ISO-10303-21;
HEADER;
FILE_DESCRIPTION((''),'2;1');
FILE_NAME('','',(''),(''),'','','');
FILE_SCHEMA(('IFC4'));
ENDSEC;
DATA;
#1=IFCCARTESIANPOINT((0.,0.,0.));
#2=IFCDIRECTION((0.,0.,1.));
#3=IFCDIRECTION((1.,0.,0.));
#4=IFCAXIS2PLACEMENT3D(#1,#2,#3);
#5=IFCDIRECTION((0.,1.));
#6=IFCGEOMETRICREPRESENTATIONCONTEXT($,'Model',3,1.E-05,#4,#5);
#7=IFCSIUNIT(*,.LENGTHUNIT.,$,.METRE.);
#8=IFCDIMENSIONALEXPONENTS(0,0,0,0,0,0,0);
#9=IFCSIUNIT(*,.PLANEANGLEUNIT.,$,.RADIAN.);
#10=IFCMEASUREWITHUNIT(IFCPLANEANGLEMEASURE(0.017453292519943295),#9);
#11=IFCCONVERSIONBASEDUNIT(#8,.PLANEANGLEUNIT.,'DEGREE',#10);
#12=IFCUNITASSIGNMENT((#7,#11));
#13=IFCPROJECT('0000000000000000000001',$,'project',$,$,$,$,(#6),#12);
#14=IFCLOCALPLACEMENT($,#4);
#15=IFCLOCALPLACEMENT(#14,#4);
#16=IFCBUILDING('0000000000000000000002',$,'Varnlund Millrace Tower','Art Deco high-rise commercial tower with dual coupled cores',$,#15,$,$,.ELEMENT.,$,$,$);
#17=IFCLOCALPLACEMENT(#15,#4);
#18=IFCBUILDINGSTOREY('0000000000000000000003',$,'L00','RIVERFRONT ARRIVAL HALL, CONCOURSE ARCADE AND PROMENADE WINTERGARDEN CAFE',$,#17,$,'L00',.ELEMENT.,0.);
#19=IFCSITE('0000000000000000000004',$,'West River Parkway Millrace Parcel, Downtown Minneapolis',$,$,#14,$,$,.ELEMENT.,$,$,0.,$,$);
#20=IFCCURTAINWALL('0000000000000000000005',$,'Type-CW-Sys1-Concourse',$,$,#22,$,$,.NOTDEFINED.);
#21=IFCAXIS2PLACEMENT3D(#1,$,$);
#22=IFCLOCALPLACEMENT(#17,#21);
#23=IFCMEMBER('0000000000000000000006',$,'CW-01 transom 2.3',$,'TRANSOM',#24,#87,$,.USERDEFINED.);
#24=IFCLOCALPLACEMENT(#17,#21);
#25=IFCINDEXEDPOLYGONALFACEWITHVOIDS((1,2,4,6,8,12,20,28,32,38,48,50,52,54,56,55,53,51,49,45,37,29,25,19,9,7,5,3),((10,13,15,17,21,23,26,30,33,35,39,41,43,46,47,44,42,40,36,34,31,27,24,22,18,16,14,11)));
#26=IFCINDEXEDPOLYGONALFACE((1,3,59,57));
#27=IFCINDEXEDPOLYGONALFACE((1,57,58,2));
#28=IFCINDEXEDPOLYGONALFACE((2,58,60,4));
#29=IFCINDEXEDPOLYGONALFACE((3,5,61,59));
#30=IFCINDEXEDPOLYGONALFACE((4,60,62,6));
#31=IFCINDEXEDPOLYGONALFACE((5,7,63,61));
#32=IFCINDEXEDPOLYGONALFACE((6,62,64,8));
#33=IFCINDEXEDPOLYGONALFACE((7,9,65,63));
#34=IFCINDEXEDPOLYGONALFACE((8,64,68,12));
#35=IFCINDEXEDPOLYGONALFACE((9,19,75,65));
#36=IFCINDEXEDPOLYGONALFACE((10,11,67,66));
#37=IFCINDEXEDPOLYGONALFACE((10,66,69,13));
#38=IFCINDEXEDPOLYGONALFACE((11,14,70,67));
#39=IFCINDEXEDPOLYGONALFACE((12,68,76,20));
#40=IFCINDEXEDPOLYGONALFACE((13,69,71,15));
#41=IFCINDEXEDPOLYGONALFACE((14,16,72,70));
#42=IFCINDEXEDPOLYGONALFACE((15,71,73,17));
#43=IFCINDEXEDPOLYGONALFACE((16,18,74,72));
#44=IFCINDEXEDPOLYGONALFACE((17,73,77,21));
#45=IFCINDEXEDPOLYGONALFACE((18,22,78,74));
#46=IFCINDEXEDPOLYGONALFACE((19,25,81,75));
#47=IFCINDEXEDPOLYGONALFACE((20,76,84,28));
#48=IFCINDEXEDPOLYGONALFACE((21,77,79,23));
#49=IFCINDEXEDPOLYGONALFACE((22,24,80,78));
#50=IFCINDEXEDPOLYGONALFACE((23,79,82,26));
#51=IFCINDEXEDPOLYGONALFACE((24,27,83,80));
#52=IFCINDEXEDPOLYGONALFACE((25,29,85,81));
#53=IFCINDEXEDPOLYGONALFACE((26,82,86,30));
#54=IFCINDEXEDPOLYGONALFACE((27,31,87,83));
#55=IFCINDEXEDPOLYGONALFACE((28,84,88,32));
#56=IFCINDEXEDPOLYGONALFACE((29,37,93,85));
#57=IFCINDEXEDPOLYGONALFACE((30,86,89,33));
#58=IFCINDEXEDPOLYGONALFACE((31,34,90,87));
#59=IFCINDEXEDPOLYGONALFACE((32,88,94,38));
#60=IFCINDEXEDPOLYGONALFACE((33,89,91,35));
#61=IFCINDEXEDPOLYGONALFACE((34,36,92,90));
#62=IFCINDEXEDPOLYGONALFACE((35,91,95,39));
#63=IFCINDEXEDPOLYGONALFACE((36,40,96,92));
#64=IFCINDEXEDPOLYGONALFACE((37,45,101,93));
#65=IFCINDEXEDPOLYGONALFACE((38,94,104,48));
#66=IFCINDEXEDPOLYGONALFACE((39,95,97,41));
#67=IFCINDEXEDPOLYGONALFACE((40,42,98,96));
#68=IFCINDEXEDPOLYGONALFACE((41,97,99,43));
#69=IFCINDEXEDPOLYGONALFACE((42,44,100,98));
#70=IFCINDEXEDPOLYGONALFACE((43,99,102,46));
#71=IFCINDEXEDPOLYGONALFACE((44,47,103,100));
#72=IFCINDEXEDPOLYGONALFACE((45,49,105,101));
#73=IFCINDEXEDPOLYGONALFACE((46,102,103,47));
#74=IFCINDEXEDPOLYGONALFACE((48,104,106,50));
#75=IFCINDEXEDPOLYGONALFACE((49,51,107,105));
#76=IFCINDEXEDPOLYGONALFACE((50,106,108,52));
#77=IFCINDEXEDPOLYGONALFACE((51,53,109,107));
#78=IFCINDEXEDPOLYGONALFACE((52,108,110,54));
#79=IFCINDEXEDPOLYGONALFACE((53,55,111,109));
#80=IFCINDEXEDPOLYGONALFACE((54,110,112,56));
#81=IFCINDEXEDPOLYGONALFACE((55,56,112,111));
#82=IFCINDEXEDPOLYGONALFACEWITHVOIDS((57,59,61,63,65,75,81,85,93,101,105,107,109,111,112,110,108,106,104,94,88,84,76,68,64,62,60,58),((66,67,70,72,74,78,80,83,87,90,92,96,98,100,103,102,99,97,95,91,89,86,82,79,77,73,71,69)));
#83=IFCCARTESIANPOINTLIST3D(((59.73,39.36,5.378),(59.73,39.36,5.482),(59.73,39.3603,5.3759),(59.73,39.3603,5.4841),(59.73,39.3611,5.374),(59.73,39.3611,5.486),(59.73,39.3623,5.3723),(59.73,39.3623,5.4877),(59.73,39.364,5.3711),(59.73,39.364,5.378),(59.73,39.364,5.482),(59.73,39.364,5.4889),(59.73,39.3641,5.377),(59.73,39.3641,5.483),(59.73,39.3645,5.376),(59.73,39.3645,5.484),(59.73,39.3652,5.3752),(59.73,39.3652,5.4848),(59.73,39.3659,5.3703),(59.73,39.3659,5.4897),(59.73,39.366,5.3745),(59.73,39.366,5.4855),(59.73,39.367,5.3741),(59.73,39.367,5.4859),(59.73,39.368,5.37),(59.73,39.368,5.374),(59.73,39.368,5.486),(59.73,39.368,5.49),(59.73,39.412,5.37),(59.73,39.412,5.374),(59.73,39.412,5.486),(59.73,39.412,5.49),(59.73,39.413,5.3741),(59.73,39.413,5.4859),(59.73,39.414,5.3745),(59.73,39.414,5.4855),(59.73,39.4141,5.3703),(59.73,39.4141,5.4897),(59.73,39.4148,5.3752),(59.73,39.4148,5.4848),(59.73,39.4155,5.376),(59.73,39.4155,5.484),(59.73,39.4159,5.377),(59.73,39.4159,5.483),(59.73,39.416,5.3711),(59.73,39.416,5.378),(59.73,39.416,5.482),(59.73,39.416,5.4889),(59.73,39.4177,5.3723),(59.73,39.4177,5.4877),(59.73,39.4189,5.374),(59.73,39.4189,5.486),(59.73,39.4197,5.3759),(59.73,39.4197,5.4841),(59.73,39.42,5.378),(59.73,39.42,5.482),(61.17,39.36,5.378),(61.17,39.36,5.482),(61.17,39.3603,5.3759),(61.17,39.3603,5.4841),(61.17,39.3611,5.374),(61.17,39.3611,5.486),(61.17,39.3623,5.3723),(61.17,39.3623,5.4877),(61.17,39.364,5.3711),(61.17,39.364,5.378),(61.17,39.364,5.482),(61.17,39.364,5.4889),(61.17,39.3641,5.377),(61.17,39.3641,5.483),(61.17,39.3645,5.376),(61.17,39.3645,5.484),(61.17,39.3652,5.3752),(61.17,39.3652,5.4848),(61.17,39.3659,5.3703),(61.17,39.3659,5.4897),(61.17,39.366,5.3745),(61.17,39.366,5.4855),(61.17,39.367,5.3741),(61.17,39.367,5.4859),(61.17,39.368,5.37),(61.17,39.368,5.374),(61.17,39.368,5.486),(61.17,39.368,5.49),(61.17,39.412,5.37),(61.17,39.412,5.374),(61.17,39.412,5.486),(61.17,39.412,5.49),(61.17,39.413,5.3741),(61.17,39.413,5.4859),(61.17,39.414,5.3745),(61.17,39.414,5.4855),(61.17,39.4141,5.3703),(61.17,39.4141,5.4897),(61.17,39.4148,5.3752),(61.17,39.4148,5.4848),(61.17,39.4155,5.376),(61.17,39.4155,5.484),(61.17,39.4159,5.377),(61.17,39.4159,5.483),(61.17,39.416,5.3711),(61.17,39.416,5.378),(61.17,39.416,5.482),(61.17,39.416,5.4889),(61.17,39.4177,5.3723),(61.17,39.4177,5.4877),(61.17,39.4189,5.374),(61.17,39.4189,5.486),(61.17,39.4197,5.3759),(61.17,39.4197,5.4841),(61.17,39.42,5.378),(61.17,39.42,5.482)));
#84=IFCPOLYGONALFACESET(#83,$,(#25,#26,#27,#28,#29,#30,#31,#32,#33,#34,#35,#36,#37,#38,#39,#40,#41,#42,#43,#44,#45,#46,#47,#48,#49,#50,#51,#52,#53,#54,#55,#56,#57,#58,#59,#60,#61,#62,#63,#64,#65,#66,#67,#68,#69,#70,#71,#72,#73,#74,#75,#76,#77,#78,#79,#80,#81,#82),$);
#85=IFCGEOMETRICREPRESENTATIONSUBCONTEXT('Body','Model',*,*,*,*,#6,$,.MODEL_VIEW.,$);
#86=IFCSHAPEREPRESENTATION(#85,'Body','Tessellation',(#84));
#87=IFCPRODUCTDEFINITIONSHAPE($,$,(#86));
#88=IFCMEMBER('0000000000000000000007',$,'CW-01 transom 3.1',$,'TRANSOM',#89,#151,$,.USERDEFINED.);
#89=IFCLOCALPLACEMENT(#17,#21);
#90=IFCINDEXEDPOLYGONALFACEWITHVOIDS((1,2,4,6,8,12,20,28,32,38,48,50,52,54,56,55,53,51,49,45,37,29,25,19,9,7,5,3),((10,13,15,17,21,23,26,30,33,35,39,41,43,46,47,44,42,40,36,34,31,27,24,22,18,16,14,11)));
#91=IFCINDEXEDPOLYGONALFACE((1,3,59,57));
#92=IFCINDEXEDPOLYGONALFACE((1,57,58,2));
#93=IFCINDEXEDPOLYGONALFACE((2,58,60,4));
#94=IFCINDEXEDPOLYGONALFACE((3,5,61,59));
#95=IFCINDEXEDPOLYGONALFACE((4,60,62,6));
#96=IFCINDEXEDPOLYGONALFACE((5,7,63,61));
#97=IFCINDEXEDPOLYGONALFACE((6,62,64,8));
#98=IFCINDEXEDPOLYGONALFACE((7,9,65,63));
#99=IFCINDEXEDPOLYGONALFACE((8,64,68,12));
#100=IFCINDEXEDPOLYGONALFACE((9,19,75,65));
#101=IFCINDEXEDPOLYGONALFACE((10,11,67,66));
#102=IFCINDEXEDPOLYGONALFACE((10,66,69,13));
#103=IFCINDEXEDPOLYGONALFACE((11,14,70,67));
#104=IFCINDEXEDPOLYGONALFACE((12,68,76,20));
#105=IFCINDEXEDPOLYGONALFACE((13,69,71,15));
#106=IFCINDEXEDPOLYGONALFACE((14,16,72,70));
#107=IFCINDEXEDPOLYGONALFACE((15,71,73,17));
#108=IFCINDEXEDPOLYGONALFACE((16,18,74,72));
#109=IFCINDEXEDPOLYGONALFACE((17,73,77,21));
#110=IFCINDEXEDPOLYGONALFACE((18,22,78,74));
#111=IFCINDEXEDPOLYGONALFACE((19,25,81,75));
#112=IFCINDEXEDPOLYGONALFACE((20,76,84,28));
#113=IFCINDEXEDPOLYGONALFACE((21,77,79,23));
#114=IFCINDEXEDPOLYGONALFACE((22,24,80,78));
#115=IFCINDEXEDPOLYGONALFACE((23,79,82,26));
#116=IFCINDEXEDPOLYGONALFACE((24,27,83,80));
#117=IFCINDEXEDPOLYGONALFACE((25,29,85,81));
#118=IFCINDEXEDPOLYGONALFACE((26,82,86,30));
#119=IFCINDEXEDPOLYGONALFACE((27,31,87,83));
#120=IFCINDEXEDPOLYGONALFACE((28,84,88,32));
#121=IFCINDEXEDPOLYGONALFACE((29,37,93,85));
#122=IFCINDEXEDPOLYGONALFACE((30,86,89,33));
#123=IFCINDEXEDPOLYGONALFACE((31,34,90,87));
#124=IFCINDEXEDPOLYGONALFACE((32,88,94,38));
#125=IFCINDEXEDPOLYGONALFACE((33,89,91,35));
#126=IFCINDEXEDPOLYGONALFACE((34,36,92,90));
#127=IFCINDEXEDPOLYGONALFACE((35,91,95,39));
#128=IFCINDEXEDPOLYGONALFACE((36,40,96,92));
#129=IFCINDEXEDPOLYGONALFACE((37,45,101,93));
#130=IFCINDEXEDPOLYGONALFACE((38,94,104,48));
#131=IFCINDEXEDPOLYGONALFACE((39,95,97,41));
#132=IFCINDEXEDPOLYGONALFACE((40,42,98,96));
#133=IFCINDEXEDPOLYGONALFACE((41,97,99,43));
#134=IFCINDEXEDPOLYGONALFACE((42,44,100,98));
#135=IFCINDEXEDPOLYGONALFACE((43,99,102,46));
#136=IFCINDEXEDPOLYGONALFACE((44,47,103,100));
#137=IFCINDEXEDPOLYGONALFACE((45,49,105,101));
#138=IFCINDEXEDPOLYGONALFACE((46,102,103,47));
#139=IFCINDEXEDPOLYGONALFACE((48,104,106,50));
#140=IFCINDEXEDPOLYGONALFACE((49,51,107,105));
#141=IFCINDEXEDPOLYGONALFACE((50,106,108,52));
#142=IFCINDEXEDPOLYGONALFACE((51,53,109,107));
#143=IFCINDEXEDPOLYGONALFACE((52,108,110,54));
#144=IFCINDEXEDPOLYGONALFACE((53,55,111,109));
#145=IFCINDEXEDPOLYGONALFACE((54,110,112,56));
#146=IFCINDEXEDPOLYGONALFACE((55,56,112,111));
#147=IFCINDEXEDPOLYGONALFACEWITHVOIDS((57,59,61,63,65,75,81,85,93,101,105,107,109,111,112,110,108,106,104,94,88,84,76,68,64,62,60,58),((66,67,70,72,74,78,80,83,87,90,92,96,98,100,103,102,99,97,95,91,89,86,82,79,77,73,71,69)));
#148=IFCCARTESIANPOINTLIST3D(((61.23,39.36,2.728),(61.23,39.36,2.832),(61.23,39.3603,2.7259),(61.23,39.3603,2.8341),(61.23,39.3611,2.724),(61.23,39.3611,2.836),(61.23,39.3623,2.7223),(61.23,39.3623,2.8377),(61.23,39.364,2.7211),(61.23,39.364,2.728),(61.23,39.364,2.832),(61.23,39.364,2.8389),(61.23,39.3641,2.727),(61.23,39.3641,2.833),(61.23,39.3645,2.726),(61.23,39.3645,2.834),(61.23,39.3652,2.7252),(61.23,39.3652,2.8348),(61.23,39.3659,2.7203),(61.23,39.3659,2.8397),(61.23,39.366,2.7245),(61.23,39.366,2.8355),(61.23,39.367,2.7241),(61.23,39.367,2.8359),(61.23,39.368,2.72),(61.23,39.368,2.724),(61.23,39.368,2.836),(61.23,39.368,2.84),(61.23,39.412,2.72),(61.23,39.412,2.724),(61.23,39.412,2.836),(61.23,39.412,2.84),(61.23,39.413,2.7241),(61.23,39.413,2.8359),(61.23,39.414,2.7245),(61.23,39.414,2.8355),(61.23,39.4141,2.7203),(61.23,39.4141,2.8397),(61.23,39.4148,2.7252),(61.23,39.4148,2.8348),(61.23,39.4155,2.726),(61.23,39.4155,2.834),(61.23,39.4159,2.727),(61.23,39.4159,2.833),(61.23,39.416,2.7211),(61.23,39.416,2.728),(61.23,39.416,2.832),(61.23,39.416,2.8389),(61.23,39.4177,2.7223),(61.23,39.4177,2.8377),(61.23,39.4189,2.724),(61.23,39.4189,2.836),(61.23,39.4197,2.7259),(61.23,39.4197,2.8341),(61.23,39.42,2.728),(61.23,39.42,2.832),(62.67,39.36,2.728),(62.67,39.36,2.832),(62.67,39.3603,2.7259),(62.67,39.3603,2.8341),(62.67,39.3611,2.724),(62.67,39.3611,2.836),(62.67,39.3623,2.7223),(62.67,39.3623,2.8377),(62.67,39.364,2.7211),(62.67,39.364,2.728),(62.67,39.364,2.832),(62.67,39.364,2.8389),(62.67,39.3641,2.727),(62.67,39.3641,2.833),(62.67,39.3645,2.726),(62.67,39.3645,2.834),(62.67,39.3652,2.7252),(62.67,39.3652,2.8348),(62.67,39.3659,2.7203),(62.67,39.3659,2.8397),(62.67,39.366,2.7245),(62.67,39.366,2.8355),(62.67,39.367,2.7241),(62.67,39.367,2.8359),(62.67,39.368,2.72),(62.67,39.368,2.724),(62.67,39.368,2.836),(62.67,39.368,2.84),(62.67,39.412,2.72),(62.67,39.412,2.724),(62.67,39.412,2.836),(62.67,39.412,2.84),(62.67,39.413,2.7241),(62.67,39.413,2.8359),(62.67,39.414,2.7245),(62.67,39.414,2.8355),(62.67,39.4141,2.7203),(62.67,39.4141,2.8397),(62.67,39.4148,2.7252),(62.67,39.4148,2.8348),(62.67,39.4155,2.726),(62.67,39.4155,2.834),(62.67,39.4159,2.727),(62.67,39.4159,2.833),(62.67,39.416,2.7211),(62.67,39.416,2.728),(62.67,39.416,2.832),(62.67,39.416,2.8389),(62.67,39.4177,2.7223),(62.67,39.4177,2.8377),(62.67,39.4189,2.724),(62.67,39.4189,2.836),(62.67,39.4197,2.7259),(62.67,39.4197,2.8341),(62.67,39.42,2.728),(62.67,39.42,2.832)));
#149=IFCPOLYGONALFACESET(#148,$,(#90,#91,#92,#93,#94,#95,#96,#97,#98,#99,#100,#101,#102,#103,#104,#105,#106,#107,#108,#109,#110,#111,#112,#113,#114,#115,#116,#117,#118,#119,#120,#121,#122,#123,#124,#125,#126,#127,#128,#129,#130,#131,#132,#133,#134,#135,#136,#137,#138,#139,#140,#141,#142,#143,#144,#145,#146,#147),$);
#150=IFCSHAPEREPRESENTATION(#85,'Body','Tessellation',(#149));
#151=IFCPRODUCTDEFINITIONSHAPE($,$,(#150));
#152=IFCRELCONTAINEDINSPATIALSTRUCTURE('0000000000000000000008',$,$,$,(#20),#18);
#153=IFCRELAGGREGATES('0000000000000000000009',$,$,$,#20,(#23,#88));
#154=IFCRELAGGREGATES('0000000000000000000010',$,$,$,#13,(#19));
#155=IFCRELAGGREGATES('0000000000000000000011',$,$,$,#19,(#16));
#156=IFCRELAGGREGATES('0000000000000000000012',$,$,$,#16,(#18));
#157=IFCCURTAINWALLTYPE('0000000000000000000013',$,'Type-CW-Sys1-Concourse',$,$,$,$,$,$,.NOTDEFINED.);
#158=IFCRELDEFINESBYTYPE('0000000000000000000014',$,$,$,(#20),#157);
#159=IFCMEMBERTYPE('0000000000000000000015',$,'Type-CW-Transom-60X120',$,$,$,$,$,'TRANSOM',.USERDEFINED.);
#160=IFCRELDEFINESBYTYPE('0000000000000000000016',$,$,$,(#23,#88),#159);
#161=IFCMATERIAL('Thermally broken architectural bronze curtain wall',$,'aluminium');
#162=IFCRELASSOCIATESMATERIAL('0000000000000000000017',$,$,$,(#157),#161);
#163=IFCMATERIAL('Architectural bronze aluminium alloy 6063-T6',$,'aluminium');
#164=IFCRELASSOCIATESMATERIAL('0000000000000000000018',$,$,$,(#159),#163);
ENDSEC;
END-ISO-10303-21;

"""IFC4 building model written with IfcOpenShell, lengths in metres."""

from ifc_helpers import new_model, entity, si_unit, converted_unit, direction, frame, origin_with_axes, origin_2d_with_axis, place, context, subcontext, project, spatial, hollow_rectangle, extrude, material, material_profile, profile_set, type_object, element, aggregate, save


model = new_model("IFC4")

# Units and contexts
model_context = context("Model", 3, precision=1e-05, world=origin_with_axes(), true_north=direction((0.0, 1.0)))
body_context = subcontext(model_context, "Body", "Model", "MODEL_VIEW")
ifc_project = project(units=[si_unit("LENGTHUNIT", "METRE"), converted_unit("PLANEANGLEUNIT", "DEGREE", entity("IfcPlaneAngleMeasure", 0.017453292519943295), si_unit("PLANEANGLEUNIT", "RADIAN"), dimensions=[0, 0, 0, 0, 0, 0, 0])], contexts=[model_context])

# Site, building, storey
site_placement = place(None, origin_with_axes())
site = spatial("IfcSite", under=ifc_project, at=site_placement, Name="West River Parkway Millrace Parcel, Downtown Minneapolis", CompositionType="ELEMENT", RefElevation=0.0)
building_placement = place(site_placement, origin_with_axes())
building = spatial("IfcBuilding", under=site, at=building_placement, Name="Varnlund Millrace Tower", Description="Art Deco high-rise commercial tower with dual coupled cores", CompositionType="ELEMENT")
storey_placement = place(building_placement, origin_with_axes())
storey = spatial("IfcBuildingStorey", under=building, at=storey_placement, Name="L00", Description="RIVERFRONT ARRIVAL HALL, CONCOURSE ARCADE AND PROMENADE WINTERGARDEN CAFE", LongName="L00", CompositionType="ELEMENT", Elevation=0.0)

# Curtain wall, members
ifc_material_1 = material(Name="Thermally broken architectural bronze curtain wall", Category="aluminium")
curtain_wall_type = type_object("IfcCurtainWallType", Name="Type-CW-Sys1-Concourse", PredefinedType="NOTDEFINED", material=ifc_material_1)
curtain_wall_1_placement = place(storey_placement, frame((58.2, 39.39, 2.75), z_axis=(0.0, 0.0, 1.0), x_axis=(1.0, 0.0, 0.0)))
curtain_wall_1 = element("IfcCurtainWall", 1, at=curtain_wall_1_placement, inside=storey, type_object=curtain_wall_type, Name="Type-CW-Sys1-Concourse", PredefinedType="NOTDEFINED")
ifc_material_2 = material(Name="Architectural bronze aluminium alloy 6063-T6", Category="aluminium")
ifc_material_profile_1 = material_profile(ifc_material_2, hollow_rectangle(XDim=0.06, YDim=0.12, WallThickness=0.004, InnerFilletRadius=0.004, OuterFilletRadius=0.008, at=origin_2d_with_axis()), Name="Architectural bronze aluminium alloy 6063-T6")
ifc_profile_set_1 = profile_set([ifc_material_profile_1], Name="Architectural bronze aluminium alloy 6063-T6")
member_type_1 = type_object("IfcMemberType", Name="Type-CW-Transom-60X120", ElementType="TRANSOM", PredefinedType="USERDEFINED", material=ifc_profile_set_1)
member_1_placement = place(storey_placement, frame((59.73, 39.39, 5.43), z_axis=(1.0, 0.0, 0.0), x_axis=(0.0, 1.0, 0.0)))
member_1 = element("IfcMember", 2, at=member_1_placement, type_object=member_type_1, Name="CW-01 transom 2.3", ObjectType="TRANSOM", PredefinedType="USERDEFINED", context=body_context, shape_type="SweptSolid", body=[
    extrude(hollow_rectangle(XDim=0.06, YDim=0.12, WallThickness=0.004, InnerFilletRadius=0.004, OuterFilletRadius=0.008, at=origin_2d_with_axis()), origin_with_axes(), (0.0, 0.0, 1.0), 1.44),
])
member_2_placement = place(storey_placement, frame((61.23, 39.39, 2.78), z_axis=(1.0, 0.0, 0.0), x_axis=(0.0, 1.0, 0.0)))
member_2 = element("IfcMember", 3, at=member_2_placement, type_object=member_type_1, Name="CW-01 transom 3.1", ObjectType="TRANSOM", PredefinedType="USERDEFINED", context=body_context, shape_type="SweptSolid", body=[
    extrude(hollow_rectangle(XDim=0.06, YDim=0.12, WallThickness=0.004, InnerFilletRadius=0.004, OuterFilletRadius=0.008, at=origin_2d_with_axis()), origin_with_axes(), (0.0, 0.0, 1.0), 1.44),
])

aggregate(curtain_wall_1, [member_1, member_2])

save(model, "model.ifc")
